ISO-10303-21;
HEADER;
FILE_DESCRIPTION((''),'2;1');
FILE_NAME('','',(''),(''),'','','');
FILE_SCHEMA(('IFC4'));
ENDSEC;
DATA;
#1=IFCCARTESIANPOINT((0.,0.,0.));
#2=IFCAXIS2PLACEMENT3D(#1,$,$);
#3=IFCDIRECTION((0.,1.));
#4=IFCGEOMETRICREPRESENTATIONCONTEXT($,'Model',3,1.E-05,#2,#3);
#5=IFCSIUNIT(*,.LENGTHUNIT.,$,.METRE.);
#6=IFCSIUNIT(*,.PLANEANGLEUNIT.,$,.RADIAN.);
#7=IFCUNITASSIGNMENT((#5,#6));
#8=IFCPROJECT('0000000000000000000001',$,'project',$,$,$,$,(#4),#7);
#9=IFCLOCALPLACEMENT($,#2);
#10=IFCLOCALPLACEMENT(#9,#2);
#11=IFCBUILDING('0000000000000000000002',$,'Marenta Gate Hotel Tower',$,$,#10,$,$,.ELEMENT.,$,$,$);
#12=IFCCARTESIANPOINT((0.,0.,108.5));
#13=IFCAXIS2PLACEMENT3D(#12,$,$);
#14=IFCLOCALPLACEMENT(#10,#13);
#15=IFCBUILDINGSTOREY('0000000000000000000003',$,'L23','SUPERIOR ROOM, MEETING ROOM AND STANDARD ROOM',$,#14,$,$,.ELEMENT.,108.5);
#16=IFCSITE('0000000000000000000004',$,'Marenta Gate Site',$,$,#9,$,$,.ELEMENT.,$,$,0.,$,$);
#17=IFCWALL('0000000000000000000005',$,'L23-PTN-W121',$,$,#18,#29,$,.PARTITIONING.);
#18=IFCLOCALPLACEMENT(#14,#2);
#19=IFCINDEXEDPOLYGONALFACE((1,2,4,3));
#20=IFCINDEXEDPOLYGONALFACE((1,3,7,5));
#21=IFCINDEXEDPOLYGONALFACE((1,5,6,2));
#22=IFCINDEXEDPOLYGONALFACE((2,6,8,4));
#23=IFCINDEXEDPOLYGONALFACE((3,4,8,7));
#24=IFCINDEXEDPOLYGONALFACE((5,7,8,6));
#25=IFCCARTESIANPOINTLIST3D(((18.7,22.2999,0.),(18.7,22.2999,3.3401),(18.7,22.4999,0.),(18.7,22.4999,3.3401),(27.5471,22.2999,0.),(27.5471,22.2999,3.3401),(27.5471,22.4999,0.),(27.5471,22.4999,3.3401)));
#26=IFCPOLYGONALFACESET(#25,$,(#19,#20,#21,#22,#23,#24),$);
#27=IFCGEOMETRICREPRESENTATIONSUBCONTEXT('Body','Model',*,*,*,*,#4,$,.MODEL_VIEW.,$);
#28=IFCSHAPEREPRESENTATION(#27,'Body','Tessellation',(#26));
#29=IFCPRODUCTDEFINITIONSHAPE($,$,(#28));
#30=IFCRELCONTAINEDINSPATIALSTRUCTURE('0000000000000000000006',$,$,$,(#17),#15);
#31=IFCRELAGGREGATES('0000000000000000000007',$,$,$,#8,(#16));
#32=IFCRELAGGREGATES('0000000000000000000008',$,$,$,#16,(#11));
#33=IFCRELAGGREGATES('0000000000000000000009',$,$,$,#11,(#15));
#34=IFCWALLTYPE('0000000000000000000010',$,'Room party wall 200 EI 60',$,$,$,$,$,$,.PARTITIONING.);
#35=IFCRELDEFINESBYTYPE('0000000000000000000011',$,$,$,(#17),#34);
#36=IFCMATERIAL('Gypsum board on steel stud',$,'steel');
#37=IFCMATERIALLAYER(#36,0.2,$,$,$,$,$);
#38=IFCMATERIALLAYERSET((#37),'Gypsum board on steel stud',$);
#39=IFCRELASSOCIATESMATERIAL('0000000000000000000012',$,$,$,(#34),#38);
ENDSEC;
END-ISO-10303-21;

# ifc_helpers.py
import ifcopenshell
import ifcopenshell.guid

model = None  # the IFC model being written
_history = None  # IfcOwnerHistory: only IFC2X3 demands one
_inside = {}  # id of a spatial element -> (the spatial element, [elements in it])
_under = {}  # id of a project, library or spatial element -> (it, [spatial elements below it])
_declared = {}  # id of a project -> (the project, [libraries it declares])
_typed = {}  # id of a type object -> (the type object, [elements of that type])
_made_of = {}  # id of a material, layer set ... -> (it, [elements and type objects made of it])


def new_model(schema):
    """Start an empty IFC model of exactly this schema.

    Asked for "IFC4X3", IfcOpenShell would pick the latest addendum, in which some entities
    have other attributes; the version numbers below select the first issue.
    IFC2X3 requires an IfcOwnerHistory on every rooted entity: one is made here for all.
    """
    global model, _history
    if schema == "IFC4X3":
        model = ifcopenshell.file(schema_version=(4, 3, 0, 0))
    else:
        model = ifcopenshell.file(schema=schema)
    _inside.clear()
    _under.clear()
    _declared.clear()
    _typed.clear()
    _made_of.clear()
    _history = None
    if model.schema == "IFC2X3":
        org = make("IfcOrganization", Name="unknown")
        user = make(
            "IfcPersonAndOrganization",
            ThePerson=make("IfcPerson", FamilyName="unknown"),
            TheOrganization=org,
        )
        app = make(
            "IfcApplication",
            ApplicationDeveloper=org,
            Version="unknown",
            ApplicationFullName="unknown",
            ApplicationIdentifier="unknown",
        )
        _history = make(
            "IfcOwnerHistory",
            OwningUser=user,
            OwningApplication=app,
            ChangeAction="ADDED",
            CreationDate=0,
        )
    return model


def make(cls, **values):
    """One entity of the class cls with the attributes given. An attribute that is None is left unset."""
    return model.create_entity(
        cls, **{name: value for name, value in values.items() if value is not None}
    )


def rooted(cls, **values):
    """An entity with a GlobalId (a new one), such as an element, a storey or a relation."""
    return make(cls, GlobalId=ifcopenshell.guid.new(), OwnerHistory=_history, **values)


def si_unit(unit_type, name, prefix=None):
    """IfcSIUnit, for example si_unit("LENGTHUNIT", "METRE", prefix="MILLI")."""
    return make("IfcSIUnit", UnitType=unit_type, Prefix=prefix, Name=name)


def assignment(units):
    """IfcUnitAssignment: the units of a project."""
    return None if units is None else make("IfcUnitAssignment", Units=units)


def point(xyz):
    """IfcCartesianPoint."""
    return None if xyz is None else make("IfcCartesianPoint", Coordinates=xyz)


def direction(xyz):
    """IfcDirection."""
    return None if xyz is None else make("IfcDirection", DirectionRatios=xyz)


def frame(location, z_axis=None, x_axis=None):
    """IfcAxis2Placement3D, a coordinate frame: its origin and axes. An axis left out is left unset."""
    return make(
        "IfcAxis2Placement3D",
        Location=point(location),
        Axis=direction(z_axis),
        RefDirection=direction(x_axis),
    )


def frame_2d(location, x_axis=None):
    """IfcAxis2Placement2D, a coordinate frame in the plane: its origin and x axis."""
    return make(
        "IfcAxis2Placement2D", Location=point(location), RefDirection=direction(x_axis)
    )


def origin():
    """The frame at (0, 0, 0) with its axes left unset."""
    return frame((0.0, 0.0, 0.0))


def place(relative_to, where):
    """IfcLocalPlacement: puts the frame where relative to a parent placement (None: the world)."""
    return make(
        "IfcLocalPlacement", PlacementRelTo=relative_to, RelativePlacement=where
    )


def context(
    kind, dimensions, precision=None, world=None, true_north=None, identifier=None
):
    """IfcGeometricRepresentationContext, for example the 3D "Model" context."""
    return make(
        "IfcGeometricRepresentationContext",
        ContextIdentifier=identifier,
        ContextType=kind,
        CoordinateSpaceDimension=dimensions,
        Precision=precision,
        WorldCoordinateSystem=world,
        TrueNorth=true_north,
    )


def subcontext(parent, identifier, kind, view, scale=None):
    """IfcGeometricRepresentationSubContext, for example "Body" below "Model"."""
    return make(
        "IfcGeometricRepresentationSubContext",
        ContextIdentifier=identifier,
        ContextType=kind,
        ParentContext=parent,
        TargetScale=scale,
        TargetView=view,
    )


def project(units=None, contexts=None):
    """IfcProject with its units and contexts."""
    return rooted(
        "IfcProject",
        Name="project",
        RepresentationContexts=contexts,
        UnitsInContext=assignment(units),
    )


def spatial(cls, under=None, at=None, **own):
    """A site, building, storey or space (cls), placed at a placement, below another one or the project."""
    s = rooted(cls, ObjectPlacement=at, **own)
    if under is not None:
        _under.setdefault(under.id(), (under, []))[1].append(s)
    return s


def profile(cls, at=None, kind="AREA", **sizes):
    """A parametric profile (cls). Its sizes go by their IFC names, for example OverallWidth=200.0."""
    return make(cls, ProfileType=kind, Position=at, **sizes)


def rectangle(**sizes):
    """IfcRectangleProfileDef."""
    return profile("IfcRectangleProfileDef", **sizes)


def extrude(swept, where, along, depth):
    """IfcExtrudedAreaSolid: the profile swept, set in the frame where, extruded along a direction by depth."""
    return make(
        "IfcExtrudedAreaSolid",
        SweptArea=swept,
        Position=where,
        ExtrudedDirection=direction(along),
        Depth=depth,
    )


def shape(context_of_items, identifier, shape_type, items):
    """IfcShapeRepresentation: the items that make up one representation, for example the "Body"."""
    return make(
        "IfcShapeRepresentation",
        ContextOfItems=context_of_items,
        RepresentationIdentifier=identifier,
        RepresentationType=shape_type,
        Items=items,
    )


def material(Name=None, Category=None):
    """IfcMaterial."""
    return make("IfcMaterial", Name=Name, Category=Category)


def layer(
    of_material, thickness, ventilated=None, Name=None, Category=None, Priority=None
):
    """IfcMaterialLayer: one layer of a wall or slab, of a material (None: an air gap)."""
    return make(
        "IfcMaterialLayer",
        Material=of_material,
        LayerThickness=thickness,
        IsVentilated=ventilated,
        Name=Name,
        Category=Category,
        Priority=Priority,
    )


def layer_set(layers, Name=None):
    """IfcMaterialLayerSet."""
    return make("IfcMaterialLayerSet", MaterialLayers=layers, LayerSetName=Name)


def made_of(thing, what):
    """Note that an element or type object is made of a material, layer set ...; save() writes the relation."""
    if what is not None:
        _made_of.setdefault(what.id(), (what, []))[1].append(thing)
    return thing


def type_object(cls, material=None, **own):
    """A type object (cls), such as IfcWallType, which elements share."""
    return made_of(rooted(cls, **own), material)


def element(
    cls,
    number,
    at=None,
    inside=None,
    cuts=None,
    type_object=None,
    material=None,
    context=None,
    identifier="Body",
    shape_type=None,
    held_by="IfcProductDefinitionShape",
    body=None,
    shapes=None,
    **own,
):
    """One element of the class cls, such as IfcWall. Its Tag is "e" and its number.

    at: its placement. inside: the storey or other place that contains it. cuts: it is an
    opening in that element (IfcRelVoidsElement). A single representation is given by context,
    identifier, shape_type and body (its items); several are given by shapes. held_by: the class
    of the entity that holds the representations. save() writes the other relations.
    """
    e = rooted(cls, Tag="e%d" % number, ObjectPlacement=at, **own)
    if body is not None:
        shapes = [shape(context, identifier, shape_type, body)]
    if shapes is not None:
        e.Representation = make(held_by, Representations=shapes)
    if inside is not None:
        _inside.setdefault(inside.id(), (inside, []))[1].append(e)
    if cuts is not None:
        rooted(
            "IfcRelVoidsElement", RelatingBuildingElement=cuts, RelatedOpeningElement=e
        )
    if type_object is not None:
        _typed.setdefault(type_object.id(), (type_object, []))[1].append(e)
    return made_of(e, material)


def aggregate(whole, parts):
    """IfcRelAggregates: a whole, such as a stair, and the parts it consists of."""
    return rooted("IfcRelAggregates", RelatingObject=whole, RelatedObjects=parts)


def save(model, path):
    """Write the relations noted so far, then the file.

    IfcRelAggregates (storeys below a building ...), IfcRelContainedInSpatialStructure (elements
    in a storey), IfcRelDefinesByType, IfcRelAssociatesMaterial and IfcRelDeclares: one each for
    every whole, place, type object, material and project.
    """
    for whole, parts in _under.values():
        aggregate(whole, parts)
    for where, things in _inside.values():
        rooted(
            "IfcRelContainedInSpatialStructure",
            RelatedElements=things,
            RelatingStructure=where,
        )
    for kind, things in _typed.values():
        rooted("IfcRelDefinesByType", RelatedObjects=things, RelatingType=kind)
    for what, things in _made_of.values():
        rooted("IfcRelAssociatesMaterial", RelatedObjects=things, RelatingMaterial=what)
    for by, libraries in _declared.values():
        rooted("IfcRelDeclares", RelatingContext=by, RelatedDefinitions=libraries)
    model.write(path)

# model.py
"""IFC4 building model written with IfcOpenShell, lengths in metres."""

from ifc_helpers import new_model, si_unit, direction, frame, frame_2d, origin, place, context, subcontext, project, spatial, rectangle, extrude, material, layer, layer_set, type_object, element, save


model = new_model("IFC4")

# Units and contexts
model_context = context("Model", 3, precision=1e-05, world=origin(), true_north=direction((0.0, 1.0)))
body_context = subcontext(model_context, "Body", "Model", "MODEL_VIEW")
ifc_project = project(units=[si_unit("LENGTHUNIT", "METRE"), si_unit("PLANEANGLEUNIT", "RADIAN")], contexts=[model_context])

# Site, building, storey
site_placement = place(None, origin())
site = spatial("IfcSite", under=ifc_project, at=site_placement, Name="Marenta Gate Site", CompositionType="ELEMENT", RefElevation=0.0)
building_placement = place(site_placement, origin())
building = spatial("IfcBuilding", under=site, at=building_placement, Name="Marenta Gate Hotel Tower", CompositionType="ELEMENT")
storey_placement = place(building_placement, frame((0.0, 0.0, 108.5)))
storey = spatial("IfcBuildingStorey", under=building, at=storey_placement, Name="L23", Description="SUPERIOR ROOM, MEETING ROOM AND STANDARD ROOM", CompositionType="ELEMENT", Elevation=108.5)

# Wall
ifc_material_1 = material(Name="Gypsum board on steel stud", Category="steel")
ifc_layer_1 = layer(ifc_material_1, 0.2)
ifc_layer_set_1 = layer_set([ifc_layer_1], Name="Gypsum board on steel stud")
wall_type_1 = type_object("IfcWallType", Name="Room party wall 200 EI 60", PredefinedType="PARTITIONING", material=ifc_layer_set_1)
wall_1_placement = place(storey_placement, frame((18.7, 22.3999, 0.0), z_axis=(0.0, 0.0, 1.0), x_axis=(1.0, 0.0, 0.0)))
element("IfcWall", 1, at=wall_1_placement, inside=storey, type_object=wall_type_1, Name="L23-PTN-W121", PredefinedType="PARTITIONING", context=body_context, shape_type="SweptSolid", body=[
    extrude(rectangle(XDim=8.8472, YDim=0.2, at=frame_2d((4.4236, 0.0))), origin(), (0.0, 0.0, 1.0), 3.3401),
])

save(model, "model.ifc")
